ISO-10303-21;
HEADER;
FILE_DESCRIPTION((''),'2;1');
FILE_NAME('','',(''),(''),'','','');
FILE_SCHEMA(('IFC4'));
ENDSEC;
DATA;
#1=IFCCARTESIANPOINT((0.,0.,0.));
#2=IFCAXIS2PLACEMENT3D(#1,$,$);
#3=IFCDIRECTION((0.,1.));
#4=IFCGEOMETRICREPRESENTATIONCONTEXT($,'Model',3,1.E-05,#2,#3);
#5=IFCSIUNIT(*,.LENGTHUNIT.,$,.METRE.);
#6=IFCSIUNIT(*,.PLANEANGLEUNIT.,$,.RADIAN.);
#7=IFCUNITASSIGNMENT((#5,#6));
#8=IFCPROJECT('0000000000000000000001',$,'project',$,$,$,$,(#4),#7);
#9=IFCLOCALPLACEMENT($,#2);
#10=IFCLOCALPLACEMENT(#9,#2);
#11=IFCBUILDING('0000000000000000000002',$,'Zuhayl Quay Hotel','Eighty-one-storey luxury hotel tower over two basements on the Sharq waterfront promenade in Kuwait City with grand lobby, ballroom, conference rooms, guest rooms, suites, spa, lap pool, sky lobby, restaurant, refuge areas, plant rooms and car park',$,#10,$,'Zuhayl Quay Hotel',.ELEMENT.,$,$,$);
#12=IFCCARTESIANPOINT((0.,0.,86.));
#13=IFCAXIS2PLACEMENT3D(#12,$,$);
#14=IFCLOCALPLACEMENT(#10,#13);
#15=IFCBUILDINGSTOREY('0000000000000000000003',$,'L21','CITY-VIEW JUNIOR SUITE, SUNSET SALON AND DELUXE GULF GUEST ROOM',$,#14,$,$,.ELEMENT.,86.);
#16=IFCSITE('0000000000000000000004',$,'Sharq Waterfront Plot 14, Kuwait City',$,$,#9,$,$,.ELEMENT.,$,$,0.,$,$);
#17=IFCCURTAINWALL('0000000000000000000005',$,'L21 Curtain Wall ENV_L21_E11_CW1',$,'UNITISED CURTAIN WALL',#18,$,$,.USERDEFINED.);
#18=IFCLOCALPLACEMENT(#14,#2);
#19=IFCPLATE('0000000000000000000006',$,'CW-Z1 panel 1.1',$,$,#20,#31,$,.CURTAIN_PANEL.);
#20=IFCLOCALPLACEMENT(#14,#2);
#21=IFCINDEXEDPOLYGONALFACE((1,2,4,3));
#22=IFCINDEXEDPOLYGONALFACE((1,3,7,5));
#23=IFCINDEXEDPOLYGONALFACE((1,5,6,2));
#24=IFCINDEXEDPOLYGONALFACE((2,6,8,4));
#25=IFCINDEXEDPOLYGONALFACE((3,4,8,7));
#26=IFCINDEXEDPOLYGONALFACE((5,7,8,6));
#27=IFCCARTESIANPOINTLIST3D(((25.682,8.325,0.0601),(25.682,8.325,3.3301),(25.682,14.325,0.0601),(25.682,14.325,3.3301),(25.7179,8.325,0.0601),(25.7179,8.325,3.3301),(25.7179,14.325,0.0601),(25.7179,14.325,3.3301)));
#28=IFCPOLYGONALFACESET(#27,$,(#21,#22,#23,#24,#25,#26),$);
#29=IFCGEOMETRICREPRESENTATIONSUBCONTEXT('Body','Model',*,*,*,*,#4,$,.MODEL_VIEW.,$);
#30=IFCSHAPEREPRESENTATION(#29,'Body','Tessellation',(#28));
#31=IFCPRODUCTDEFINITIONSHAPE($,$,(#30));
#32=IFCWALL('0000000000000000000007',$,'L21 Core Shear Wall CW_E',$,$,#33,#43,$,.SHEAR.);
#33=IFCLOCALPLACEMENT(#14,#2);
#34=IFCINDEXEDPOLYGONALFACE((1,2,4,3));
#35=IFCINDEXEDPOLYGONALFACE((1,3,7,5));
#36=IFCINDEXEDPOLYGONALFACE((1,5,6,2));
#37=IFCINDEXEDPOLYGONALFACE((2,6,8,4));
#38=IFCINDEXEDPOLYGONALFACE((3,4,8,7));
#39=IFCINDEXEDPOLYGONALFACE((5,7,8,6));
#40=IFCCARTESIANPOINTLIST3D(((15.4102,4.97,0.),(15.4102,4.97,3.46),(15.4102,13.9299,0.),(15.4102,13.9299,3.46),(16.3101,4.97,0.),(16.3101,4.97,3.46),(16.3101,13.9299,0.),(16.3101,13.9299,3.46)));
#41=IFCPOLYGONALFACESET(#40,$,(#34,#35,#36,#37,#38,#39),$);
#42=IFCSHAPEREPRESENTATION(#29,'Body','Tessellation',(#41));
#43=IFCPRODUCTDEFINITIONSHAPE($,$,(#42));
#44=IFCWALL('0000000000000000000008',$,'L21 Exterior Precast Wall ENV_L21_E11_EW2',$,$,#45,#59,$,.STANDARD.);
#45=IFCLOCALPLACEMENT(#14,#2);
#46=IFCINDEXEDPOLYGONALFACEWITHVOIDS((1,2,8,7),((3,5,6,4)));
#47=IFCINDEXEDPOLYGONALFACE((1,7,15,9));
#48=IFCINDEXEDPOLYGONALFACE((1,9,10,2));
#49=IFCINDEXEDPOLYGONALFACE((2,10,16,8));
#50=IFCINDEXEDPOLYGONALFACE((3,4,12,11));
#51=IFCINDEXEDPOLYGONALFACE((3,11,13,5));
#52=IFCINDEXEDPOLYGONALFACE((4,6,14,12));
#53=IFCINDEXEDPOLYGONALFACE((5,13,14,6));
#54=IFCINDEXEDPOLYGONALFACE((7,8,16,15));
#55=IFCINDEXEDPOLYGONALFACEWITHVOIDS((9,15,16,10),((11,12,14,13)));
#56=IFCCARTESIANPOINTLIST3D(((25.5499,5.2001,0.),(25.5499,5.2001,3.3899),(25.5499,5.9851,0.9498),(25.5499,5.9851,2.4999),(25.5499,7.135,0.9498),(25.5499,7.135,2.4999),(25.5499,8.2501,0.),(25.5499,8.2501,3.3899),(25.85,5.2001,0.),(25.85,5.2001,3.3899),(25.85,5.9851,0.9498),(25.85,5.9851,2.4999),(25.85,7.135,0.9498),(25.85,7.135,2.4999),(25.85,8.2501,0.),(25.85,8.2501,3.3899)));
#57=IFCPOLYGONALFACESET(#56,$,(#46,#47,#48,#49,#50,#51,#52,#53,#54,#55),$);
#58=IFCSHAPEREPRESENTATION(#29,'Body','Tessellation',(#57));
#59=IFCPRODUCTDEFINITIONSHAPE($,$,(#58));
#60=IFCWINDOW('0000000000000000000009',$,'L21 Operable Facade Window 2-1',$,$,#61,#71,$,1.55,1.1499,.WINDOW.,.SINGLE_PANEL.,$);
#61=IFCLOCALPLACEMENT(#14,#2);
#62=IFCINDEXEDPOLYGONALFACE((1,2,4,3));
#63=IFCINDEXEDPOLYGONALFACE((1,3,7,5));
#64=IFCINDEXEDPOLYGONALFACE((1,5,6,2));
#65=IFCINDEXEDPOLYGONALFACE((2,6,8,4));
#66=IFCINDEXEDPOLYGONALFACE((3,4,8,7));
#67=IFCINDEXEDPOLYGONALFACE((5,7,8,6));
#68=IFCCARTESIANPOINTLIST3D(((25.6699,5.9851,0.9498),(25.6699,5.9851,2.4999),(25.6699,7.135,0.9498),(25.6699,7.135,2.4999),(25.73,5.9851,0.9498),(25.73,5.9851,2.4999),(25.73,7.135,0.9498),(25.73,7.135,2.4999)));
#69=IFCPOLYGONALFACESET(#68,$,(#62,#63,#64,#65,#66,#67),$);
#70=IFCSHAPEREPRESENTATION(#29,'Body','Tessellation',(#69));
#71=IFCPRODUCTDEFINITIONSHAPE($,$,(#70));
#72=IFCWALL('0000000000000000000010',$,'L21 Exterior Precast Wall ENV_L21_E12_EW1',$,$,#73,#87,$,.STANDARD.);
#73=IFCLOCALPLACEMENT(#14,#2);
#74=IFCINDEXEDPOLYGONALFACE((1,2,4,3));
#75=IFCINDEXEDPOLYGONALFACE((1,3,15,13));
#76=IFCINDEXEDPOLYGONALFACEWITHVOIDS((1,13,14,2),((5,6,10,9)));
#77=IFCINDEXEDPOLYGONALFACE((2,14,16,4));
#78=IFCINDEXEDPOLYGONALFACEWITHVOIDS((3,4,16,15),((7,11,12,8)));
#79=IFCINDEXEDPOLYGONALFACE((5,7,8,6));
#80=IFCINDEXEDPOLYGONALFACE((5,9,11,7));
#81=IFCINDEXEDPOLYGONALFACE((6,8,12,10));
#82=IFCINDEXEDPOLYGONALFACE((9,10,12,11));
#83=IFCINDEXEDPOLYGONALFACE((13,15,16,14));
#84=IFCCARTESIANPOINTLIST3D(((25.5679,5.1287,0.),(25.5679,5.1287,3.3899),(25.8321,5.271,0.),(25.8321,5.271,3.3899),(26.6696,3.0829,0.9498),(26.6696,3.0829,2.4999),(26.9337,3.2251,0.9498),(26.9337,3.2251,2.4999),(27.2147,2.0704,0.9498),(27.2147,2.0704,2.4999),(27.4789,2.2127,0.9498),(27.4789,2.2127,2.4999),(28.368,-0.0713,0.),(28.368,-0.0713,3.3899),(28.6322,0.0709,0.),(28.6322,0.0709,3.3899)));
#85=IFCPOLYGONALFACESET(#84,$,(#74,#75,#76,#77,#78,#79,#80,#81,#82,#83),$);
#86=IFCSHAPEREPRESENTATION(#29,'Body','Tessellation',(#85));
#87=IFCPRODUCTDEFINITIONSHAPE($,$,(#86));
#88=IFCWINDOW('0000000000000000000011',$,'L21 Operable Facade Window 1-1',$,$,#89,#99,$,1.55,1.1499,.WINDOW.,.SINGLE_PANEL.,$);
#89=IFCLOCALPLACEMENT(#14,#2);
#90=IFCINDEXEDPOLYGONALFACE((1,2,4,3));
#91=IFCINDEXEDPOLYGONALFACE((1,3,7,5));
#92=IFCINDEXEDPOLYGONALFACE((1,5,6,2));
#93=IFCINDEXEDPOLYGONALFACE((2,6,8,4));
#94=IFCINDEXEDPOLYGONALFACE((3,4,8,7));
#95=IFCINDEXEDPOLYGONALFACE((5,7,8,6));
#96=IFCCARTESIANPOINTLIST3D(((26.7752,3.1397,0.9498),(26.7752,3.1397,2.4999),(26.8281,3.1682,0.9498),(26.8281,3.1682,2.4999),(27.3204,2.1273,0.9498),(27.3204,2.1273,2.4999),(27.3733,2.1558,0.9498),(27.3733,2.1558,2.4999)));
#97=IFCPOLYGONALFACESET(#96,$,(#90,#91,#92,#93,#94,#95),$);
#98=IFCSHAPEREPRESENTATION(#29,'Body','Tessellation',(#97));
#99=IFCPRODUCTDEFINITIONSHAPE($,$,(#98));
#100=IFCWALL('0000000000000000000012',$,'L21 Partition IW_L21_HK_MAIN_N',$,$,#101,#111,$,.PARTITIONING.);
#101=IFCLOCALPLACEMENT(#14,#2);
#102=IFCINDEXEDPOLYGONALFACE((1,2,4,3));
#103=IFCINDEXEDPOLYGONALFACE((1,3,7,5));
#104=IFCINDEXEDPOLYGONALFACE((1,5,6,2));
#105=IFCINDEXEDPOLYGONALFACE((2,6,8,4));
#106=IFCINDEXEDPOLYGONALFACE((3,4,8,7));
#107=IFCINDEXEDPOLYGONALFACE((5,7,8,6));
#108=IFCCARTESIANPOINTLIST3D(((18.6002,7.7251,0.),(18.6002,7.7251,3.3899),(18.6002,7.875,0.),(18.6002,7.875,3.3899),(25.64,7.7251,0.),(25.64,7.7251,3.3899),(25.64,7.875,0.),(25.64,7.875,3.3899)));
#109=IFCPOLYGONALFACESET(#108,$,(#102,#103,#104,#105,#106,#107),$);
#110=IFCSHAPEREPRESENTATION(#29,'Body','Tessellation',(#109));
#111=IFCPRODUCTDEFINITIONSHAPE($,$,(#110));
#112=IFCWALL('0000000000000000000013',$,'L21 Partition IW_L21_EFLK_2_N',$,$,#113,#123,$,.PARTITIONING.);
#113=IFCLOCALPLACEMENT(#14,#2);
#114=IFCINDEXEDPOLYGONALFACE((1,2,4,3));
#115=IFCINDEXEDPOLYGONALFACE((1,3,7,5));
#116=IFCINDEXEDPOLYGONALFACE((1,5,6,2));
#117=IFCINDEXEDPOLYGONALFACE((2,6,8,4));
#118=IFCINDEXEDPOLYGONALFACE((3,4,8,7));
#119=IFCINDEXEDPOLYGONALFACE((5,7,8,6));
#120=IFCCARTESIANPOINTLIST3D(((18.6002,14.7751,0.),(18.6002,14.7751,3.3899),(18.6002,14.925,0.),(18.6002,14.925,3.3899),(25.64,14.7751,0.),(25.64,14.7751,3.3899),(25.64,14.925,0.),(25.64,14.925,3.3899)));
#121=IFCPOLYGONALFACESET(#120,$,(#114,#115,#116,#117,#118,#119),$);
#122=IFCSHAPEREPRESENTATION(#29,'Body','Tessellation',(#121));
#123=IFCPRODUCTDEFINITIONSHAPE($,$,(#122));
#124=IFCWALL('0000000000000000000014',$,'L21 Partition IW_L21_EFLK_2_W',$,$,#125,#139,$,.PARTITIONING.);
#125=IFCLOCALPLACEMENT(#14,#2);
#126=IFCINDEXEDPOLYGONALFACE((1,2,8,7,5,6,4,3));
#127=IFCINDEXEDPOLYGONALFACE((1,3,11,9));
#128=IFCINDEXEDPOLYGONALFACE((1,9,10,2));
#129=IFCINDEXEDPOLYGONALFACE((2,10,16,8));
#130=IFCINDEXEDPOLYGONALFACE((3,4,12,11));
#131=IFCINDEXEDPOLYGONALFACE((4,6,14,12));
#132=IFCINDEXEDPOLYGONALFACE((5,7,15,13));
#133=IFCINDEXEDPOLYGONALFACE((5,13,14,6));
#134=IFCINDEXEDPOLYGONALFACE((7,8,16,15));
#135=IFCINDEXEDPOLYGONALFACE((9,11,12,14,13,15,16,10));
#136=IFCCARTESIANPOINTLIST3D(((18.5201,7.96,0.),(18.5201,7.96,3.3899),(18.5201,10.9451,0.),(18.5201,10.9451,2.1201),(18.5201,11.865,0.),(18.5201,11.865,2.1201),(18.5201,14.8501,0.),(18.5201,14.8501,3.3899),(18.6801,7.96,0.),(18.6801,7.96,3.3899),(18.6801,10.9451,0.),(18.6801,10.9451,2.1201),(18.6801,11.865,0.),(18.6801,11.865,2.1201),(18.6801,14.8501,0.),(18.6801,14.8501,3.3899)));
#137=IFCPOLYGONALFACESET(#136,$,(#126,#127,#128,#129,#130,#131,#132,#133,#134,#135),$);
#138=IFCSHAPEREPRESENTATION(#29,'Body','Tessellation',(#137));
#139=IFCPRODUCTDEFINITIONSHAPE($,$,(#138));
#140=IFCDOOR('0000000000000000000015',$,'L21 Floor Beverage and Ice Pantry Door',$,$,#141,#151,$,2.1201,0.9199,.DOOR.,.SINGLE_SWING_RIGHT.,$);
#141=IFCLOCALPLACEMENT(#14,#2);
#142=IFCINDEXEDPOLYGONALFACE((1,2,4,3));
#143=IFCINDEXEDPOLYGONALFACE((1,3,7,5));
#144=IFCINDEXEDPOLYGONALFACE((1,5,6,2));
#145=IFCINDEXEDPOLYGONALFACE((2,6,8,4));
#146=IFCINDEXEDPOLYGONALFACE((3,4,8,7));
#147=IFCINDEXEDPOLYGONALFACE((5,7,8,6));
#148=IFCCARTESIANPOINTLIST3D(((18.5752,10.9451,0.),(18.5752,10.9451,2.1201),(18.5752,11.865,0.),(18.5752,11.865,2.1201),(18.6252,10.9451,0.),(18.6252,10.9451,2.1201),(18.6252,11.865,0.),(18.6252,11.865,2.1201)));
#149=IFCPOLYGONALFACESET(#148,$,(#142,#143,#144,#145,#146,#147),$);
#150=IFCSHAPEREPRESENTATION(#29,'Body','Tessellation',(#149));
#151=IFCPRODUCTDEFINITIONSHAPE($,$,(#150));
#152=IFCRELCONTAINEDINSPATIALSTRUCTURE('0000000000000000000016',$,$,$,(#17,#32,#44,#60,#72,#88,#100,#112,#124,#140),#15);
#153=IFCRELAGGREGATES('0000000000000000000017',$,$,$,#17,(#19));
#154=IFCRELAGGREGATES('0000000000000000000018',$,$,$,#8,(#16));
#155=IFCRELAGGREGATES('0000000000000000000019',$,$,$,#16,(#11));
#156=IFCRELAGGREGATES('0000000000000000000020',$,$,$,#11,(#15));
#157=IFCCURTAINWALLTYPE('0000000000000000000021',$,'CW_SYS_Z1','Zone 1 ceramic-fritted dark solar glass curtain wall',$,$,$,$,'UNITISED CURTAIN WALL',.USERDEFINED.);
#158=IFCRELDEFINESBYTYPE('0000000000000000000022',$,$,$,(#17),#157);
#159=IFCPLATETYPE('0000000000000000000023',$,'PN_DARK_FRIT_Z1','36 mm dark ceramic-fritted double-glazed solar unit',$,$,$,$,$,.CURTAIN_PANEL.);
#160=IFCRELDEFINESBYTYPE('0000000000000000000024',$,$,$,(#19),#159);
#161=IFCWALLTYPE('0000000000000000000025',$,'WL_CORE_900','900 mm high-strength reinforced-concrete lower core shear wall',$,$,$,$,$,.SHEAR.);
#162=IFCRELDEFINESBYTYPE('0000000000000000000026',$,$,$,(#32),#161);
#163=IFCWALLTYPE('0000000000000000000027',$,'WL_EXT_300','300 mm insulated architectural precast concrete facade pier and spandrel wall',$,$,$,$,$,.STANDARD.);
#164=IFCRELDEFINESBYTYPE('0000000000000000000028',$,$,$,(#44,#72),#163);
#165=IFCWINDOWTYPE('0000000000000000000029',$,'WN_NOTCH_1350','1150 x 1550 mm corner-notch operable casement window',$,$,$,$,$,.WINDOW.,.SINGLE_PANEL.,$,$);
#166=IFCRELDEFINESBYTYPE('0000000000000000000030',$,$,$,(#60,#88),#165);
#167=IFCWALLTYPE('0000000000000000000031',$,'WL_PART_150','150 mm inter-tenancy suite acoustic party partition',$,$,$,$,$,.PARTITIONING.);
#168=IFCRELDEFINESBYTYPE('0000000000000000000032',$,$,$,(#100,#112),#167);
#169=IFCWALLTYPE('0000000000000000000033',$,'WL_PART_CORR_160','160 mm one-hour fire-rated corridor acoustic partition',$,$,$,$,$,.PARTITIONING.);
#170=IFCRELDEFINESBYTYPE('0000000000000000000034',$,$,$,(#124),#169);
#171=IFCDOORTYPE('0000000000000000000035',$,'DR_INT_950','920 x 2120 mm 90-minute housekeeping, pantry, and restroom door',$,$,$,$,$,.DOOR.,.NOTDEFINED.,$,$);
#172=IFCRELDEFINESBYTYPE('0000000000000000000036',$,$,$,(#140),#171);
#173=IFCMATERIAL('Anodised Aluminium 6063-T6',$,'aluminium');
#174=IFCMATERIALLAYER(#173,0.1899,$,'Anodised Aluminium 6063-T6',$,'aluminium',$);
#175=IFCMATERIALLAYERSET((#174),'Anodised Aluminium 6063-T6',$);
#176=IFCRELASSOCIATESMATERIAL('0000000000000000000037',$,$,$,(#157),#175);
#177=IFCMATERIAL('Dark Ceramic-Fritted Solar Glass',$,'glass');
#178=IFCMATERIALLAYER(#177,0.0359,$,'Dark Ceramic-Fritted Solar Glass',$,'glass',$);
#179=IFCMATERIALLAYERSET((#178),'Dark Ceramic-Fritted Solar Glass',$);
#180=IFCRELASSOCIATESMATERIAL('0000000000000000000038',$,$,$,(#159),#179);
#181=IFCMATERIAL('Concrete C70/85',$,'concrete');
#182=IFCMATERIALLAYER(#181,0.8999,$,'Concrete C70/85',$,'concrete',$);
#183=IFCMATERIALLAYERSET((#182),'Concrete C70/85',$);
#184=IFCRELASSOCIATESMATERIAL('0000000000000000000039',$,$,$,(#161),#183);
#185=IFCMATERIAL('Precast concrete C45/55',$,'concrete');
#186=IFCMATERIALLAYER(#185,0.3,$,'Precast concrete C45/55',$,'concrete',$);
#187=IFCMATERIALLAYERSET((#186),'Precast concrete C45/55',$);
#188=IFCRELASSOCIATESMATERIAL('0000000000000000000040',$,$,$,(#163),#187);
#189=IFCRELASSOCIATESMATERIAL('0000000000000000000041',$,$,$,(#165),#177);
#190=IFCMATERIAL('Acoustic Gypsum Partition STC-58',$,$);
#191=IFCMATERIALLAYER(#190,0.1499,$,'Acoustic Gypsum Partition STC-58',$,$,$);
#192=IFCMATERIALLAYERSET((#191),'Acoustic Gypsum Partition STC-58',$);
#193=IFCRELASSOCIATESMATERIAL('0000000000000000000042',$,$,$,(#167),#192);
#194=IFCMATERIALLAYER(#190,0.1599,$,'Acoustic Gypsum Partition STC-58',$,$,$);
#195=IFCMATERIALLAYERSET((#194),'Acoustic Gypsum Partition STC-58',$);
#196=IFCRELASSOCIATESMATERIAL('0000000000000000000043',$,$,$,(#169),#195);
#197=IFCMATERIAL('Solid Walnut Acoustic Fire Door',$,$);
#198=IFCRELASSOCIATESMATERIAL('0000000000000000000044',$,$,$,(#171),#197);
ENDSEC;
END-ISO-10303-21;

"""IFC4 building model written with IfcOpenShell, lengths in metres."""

from ifc_helpers import new_model, si_unit, direction, frame, frame_2d, origin, origin_2d, place, context, subcontext, project, spatial, rectangle, extrude, material, layer, layer_set, type_object, element, fill, aggregate, save


model = new_model("IFC4")

# Units and contexts
model_context = context("Model", 3, precision=1e-05, world=origin(), true_north=direction((0.0, 1.0)))
body_context = subcontext(model_context, "Body", "Model", "MODEL_VIEW")
ifc_project = project(units=[si_unit("LENGTHUNIT", "METRE"), si_unit("PLANEANGLEUNIT", "RADIAN")], contexts=[model_context])

# Site, building, storey
site_placement = place(None, origin())
site = spatial("IfcSite", under=ifc_project, at=site_placement, Name="Sharq Waterfront Plot 14, Kuwait City", CompositionType="ELEMENT", RefElevation=0.0)
building_placement = place(site_placement, origin())
building = spatial("IfcBuilding", under=site, at=building_placement, Name="Zuhayl Quay Hotel", Description="Eighty-one-storey luxury hotel tower over two basements on the Sharq waterfront promenade in Kuwait City with grand lobby, ballroom, conference rooms, guest rooms, suites, spa, lap pool, sky lobby, restaurant, refuge areas, plant rooms and car park", LongName="Zuhayl Quay Hotel", CompositionType="ELEMENT")
storey_placement = place(building_placement, frame((0.0, 0.0, 86.0)))
storey = spatial("IfcBuildingStorey", under=building, at=storey_placement, Name="L21", Description="CITY-VIEW JUNIOR SUITE, SUNSET SALON AND DELUXE GULF GUEST ROOM", CompositionType="ELEMENT", Elevation=86.0)

# Shared definitions
ifc_material_1 = material(Name="Concrete C70/85", Category="concrete")

# Curtain wall, plate
ifc_material_2 = material(Name="Anodised Aluminium 6063-T6", Category="aluminium")
ifc_layer_1 = layer(ifc_material_2, 0.1899, Name="Anodised Aluminium 6063-T6", Category="aluminium")
ifc_layer_set_1 = layer_set([ifc_layer_1], Name="Anodised Aluminium 6063-T6")
curtain_wall_type = type_object("IfcCurtainWallType", Name="CW_SYS_Z1", Description="Zone 1 ceramic-fritted dark solar glass curtain wall", ElementType="UNITISED CURTAIN WALL", PredefinedType="USERDEFINED", material=ifc_layer_set_1)
curtain_wall_placement = place(storey_placement, origin())
curtain_wall = element("IfcCurtainWall", 1, at=curtain_wall_placement, inside=storey, type_object=curtain_wall_type, Name="L21 Curtain Wall ENV_L21_E11_CW1", ObjectType="UNITISED CURTAIN WALL", PredefinedType="USERDEFINED")
ifc_material_3 = material(Name="Dark Ceramic-Fritted Solar Glass", Category="glass")
ifc_layer_2 = layer(ifc_material_3, 0.0359, Name="Dark Ceramic-Fritted Solar Glass", Category="glass")
ifc_layer_set_2 = layer_set([ifc_layer_2], Name="Dark Ceramic-Fritted Solar Glass")
plate_type = type_object("IfcPlateType", Name="PN_DARK_FRIT_Z1", Description="36 mm dark ceramic-fritted double-glazed solar unit", PredefinedType="CURTAIN_PANEL", material=ifc_layer_set_2)
plate_placement = place(storey_placement, frame((25.7, 11.325, 0.0601), z_axis=(0.0, 0.0, 1.0), x_axis=(0.0, -1.0, 0.0)))
plate = element("IfcPlate", 2, at=plate_placement, type_object=plate_type, Name="CW-Z1 panel 1.1", PredefinedType="CURTAIN_PANEL", context=body_context, shape_type="SweptSolid", body=[
    extrude(rectangle(XDim=6.0, YDim=0.0359, at=origin_2d()), origin(), (0.0, 0.0, 1.0), 3.27),
])
aggregate(curtain_wall, [plate])

# Wall
ifc_layer_3 = layer(ifc_material_1, 0.8999, Name="Concrete C70/85", Category="concrete")
ifc_layer_set_3 = layer_set([ifc_layer_3], Name="Concrete C70/85")
wall_type_1 = type_object("IfcWallType", Name="WL_CORE_900", Description="900 mm high-strength reinforced-concrete lower core shear wall", PredefinedType="SHEAR", material=ifc_layer_set_3)
wall_1_placement = place(storey_placement, frame((15.8601, 4.97, 0.0), z_axis=(0.0, 0.0, 1.0), x_axis=(0.0, 1.0, 0.0)))
element("IfcWall", 3, at=wall_1_placement, inside=storey, type_object=wall_type_1, Name="L21 Core Shear Wall CW_E", PredefinedType="SHEAR", context=body_context, shape_type="SweptSolid", body=[
    extrude(rectangle(XDim=8.96, YDim=0.8999, at=frame_2d((4.48, 0.0))), origin(), (0.0, 0.0, 1.0), 3.46),
])

# Walls, openings, windows
ifc_material_4 = material(Name="Precast concrete C45/55", Category="concrete")
ifc_layer_4 = layer(ifc_material_4, 0.3, Name="Precast concrete C45/55", Category="concrete")
ifc_layer_set_4 = layer_set([ifc_layer_4], Name="Precast concrete C45/55")
wall_type_2 = type_object("IfcWallType", Name="WL_EXT_300", Description="300 mm insulated architectural precast concrete facade pier and spandrel wall", PredefinedType="STANDARD", material=ifc_layer_set_4)
wall_2_placement = place(storey_placement, frame((25.7, 8.25, 0.0), z_axis=(0.0, 0.0, 1.0), x_axis=(0.0, -1.0, 0.0)))
wall_2 = element("IfcWall", 4, at=wall_2_placement, inside=storey, type_object=wall_type_2, Name="L21 Exterior Precast Wall ENV_L21_E11_EW2", PredefinedType="STANDARD", context=body_context, shape_type="SweptSolid", body=[
    extrude(rectangle(XDim=3.05, YDim=0.3, at=frame_2d((1.5249, 0.0))), origin(), (0.0, 0.0, 1.0), 3.3899),
])
opening_1_placement = place(wall_2_placement, frame((1.115, 0.0, 0.95)))
opening_1 = element("IfcOpeningElement", 5, at=opening_1_placement, cuts=wall_2, PredefinedType="OPENING", context=body_context, shape_type="SweptSolid", body=[
    extrude(rectangle(XDim=1.1499, YDim=1.55, at=frame_2d((0.575, 0.7749))), frame((0.0, 0.1599, 0.0), z_axis=(0.0, -1.0, 0.0), x_axis=(1.0, 0.0, 0.0)), (0.0, 0.0, 1.0), 0.3201),
])
window_type = type_object("IfcWindowType", Name="WN_NOTCH_1350", Description="1150 x 1550 mm corner-notch operable casement window", PartitioningType="SINGLE_PANEL", PredefinedType="WINDOW", material=ifc_material_3)
window_1_placement = place(opening_1_placement, origin())
window_1 = element("IfcWindow", 6, at=window_1_placement, inside=storey, type_object=window_type, Name="L21 Operable Facade Window 2-1", OverallHeight=1.55, OverallWidth=1.1499, PartitioningType="SINGLE_PANEL", PredefinedType="WINDOW", context=body_context, shape_type="SweptSolid", body=[
    extrude(rectangle(XDim=1.1499, YDim=1.55, at=frame_2d((0.575, 0.7749))), frame((0.0, 0.03, 0.0), z_axis=(0.0, -1.0, 0.0), x_axis=(1.0, 0.0, 0.0)), (0.0, 0.0, 1.0), 0.0601),
])
fill(opening_1, window_1)
wall_3_placement = place(storey_placement, frame((25.7, 5.2, 0.0), z_axis=(0.0, 0.0, 1.0), x_axis=(0.47411, -0.880466, 0.0)))
wall_3 = element("IfcWall", 7, at=wall_3_placement, inside=storey, type_object=wall_type_2, Name="L21 Exterior Precast Wall ENV_L21_E12_EW1", PredefinedType="STANDARD", context=body_context, shape_type="SweptSolid", body=[
    extrude(rectangle(XDim=5.906, YDim=0.3, at=frame_2d((2.9531, 0.0))), origin(), (0.0, 0.0, 1.0), 3.3899),
])
opening_2_placement = place(wall_3_placement, frame((2.3237, 0.0, 0.95)))
opening_2 = element("IfcOpeningElement", 8, at=opening_2_placement, cuts=wall_3, PredefinedType="OPENING", context=body_context, shape_type="SweptSolid", body=[
    extrude(rectangle(XDim=1.1499, YDim=1.55, at=frame_2d((0.575, 0.7749))), frame((0.0, 0.1599, 0.0), z_axis=(0.0, -1.0, 0.0), x_axis=(1.0, 0.0, 0.0)), (0.0, 0.0, 1.0), 0.3201),
])
window_2_placement = place(opening_2_placement, origin())
window_2 = element("IfcWindow", 9, at=window_2_placement, inside=storey, type_object=window_type, Name="L21 Operable Facade Window 1-1", OverallHeight=1.55, OverallWidth=1.1499, PartitioningType="SINGLE_PANEL", PredefinedType="WINDOW", context=body_context, shape_type="SweptSolid", body=[
    extrude(rectangle(XDim=1.1499, YDim=1.55, at=frame_2d((0.575, 0.7749))), frame((0.0, 0.03, 0.0), z_axis=(0.0, -1.0, 0.0), x_axis=(1.0, 0.0, 0.0)), (0.0, 0.0, 1.0), 0.0601),
])
fill(opening_2, window_2)

# Walls
ifc_material_5 = material(Name="Acoustic Gypsum Partition STC-58")
ifc_layer_5 = layer(ifc_material_5, 0.1499, Name="Acoustic Gypsum Partition STC-58")
ifc_layer_set_5 = layer_set([ifc_layer_5], Name="Acoustic Gypsum Partition STC-58")
wall_type_3 = type_object("IfcWallType", Name="WL_PART_150", Description="150 mm inter-tenancy suite acoustic party partition", PredefinedType="PARTITIONING", material=ifc_layer_set_5)
for number, where, z_axis, x_axis, name in (
    (10, (18.6001, 7.8, 0.0), (0.0, 0.0, 1.0), (1.0, 0.0, 0.0), "L21 Partition IW_L21_HK_MAIN_N"),
    (11, (18.6001, 14.8501, 0.0), (0.0, 0.0, 1.0), (1.0, 0.0, 0.0), "L21 Partition IW_L21_EFLK_2_N"),
):
    element("IfcWall", number, at=place(storey_placement, frame(where, z_axis=z_axis, x_axis=x_axis)), inside=storey, type_object=wall_type_3, Name=name, PredefinedType="PARTITIONING", context=body_context, shape_type="SweptSolid", body=[
        extrude(rectangle(XDim=7.0398, YDim=0.1499, at=frame_2d((3.52, 0.0))), origin(), (0.0, 0.0, 1.0), 3.3899),
    ])

# Wall, opening, door
ifc_layer_6 = layer(ifc_material_5, 0.1599, Name="Acoustic Gypsum Partition STC-58")
ifc_layer_set_6 = layer_set([ifc_layer_6], Name="Acoustic Gypsum Partition STC-58")
wall_type_4 = type_object("IfcWallType", Name="WL_PART_CORR_160", Description="160 mm one-hour fire-rated corridor acoustic partition", PredefinedType="PARTITIONING", material=ifc_layer_set_6)
wall_4_placement = place(storey_placement, frame((18.6001, 7.96, 0.0), z_axis=(0.0, 0.0, 1.0), x_axis=(0.0, 1.0, 0.0)))
wall_4 = element("IfcWall", 12, at=wall_4_placement, inside=storey, type_object=wall_type_4, Name="L21 Partition IW_L21_EFLK_2_W", PredefinedType="PARTITIONING", context=body_context, shape_type="SweptSolid", body=[
    extrude(rectangle(XDim=6.8901, YDim=0.1599, at=frame_2d((3.4451, 0.0))), origin(), (0.0, 0.0, 1.0), 3.3899),
])
opening_3_placement = place(wall_4_placement, frame((2.9851, 0.0, 0.0)))
opening_3 = element("IfcOpeningElement", 13, at=opening_3_placement, cuts=wall_4, PredefinedType="OPENING", context=body_context, shape_type="SweptSolid", body=[
    extrude(rectangle(XDim=0.9199, YDim=2.1201, at=frame_2d((0.46, 1.0601))), frame((0.0, 0.0898, 0.0), z_axis=(0.0, -1.0, 0.0), x_axis=(1.0, 0.0, 0.0)), (0.0, 0.0, 1.0), 0.1799),
])
ifc_material_6 = material(Name="Solid Walnut Acoustic Fire Door")
door_type_1 = type_object("IfcDoorType", Name="DR_INT_950", Description="920 x 2120 mm 90-minute housekeeping, pantry, and restroom door", OperationType="NOTDEFINED", PredefinedType="DOOR", material=ifc_material_6)
door_1_placement = place(opening_3_placement, origin())
door_1 = element("IfcDoor", 14, at=door_1_placement, inside=storey, type_object=door_type_1, Name="L21 Floor Beverage and Ice Pantry Door", OperationType="SINGLE_SWING_RIGHT", OverallHeight=2.1201, OverallWidth=0.9199, PredefinedType="DOOR", context=body_context, shape_type="SweptSolid", body=[
    extrude(rectangle(XDim=0.9199, YDim=2.1201, at=frame_2d((0.46, 1.0601))), frame((0.0, 0.0249, 0.0), z_axis=(0.0, -1.0, 0.0), x_axis=(1.0, 0.0, 0.0)), (0.0, 0.0, 1.0), 0.05),
])
fill(opening_3, door_1)

save(model, "model.ifc")
